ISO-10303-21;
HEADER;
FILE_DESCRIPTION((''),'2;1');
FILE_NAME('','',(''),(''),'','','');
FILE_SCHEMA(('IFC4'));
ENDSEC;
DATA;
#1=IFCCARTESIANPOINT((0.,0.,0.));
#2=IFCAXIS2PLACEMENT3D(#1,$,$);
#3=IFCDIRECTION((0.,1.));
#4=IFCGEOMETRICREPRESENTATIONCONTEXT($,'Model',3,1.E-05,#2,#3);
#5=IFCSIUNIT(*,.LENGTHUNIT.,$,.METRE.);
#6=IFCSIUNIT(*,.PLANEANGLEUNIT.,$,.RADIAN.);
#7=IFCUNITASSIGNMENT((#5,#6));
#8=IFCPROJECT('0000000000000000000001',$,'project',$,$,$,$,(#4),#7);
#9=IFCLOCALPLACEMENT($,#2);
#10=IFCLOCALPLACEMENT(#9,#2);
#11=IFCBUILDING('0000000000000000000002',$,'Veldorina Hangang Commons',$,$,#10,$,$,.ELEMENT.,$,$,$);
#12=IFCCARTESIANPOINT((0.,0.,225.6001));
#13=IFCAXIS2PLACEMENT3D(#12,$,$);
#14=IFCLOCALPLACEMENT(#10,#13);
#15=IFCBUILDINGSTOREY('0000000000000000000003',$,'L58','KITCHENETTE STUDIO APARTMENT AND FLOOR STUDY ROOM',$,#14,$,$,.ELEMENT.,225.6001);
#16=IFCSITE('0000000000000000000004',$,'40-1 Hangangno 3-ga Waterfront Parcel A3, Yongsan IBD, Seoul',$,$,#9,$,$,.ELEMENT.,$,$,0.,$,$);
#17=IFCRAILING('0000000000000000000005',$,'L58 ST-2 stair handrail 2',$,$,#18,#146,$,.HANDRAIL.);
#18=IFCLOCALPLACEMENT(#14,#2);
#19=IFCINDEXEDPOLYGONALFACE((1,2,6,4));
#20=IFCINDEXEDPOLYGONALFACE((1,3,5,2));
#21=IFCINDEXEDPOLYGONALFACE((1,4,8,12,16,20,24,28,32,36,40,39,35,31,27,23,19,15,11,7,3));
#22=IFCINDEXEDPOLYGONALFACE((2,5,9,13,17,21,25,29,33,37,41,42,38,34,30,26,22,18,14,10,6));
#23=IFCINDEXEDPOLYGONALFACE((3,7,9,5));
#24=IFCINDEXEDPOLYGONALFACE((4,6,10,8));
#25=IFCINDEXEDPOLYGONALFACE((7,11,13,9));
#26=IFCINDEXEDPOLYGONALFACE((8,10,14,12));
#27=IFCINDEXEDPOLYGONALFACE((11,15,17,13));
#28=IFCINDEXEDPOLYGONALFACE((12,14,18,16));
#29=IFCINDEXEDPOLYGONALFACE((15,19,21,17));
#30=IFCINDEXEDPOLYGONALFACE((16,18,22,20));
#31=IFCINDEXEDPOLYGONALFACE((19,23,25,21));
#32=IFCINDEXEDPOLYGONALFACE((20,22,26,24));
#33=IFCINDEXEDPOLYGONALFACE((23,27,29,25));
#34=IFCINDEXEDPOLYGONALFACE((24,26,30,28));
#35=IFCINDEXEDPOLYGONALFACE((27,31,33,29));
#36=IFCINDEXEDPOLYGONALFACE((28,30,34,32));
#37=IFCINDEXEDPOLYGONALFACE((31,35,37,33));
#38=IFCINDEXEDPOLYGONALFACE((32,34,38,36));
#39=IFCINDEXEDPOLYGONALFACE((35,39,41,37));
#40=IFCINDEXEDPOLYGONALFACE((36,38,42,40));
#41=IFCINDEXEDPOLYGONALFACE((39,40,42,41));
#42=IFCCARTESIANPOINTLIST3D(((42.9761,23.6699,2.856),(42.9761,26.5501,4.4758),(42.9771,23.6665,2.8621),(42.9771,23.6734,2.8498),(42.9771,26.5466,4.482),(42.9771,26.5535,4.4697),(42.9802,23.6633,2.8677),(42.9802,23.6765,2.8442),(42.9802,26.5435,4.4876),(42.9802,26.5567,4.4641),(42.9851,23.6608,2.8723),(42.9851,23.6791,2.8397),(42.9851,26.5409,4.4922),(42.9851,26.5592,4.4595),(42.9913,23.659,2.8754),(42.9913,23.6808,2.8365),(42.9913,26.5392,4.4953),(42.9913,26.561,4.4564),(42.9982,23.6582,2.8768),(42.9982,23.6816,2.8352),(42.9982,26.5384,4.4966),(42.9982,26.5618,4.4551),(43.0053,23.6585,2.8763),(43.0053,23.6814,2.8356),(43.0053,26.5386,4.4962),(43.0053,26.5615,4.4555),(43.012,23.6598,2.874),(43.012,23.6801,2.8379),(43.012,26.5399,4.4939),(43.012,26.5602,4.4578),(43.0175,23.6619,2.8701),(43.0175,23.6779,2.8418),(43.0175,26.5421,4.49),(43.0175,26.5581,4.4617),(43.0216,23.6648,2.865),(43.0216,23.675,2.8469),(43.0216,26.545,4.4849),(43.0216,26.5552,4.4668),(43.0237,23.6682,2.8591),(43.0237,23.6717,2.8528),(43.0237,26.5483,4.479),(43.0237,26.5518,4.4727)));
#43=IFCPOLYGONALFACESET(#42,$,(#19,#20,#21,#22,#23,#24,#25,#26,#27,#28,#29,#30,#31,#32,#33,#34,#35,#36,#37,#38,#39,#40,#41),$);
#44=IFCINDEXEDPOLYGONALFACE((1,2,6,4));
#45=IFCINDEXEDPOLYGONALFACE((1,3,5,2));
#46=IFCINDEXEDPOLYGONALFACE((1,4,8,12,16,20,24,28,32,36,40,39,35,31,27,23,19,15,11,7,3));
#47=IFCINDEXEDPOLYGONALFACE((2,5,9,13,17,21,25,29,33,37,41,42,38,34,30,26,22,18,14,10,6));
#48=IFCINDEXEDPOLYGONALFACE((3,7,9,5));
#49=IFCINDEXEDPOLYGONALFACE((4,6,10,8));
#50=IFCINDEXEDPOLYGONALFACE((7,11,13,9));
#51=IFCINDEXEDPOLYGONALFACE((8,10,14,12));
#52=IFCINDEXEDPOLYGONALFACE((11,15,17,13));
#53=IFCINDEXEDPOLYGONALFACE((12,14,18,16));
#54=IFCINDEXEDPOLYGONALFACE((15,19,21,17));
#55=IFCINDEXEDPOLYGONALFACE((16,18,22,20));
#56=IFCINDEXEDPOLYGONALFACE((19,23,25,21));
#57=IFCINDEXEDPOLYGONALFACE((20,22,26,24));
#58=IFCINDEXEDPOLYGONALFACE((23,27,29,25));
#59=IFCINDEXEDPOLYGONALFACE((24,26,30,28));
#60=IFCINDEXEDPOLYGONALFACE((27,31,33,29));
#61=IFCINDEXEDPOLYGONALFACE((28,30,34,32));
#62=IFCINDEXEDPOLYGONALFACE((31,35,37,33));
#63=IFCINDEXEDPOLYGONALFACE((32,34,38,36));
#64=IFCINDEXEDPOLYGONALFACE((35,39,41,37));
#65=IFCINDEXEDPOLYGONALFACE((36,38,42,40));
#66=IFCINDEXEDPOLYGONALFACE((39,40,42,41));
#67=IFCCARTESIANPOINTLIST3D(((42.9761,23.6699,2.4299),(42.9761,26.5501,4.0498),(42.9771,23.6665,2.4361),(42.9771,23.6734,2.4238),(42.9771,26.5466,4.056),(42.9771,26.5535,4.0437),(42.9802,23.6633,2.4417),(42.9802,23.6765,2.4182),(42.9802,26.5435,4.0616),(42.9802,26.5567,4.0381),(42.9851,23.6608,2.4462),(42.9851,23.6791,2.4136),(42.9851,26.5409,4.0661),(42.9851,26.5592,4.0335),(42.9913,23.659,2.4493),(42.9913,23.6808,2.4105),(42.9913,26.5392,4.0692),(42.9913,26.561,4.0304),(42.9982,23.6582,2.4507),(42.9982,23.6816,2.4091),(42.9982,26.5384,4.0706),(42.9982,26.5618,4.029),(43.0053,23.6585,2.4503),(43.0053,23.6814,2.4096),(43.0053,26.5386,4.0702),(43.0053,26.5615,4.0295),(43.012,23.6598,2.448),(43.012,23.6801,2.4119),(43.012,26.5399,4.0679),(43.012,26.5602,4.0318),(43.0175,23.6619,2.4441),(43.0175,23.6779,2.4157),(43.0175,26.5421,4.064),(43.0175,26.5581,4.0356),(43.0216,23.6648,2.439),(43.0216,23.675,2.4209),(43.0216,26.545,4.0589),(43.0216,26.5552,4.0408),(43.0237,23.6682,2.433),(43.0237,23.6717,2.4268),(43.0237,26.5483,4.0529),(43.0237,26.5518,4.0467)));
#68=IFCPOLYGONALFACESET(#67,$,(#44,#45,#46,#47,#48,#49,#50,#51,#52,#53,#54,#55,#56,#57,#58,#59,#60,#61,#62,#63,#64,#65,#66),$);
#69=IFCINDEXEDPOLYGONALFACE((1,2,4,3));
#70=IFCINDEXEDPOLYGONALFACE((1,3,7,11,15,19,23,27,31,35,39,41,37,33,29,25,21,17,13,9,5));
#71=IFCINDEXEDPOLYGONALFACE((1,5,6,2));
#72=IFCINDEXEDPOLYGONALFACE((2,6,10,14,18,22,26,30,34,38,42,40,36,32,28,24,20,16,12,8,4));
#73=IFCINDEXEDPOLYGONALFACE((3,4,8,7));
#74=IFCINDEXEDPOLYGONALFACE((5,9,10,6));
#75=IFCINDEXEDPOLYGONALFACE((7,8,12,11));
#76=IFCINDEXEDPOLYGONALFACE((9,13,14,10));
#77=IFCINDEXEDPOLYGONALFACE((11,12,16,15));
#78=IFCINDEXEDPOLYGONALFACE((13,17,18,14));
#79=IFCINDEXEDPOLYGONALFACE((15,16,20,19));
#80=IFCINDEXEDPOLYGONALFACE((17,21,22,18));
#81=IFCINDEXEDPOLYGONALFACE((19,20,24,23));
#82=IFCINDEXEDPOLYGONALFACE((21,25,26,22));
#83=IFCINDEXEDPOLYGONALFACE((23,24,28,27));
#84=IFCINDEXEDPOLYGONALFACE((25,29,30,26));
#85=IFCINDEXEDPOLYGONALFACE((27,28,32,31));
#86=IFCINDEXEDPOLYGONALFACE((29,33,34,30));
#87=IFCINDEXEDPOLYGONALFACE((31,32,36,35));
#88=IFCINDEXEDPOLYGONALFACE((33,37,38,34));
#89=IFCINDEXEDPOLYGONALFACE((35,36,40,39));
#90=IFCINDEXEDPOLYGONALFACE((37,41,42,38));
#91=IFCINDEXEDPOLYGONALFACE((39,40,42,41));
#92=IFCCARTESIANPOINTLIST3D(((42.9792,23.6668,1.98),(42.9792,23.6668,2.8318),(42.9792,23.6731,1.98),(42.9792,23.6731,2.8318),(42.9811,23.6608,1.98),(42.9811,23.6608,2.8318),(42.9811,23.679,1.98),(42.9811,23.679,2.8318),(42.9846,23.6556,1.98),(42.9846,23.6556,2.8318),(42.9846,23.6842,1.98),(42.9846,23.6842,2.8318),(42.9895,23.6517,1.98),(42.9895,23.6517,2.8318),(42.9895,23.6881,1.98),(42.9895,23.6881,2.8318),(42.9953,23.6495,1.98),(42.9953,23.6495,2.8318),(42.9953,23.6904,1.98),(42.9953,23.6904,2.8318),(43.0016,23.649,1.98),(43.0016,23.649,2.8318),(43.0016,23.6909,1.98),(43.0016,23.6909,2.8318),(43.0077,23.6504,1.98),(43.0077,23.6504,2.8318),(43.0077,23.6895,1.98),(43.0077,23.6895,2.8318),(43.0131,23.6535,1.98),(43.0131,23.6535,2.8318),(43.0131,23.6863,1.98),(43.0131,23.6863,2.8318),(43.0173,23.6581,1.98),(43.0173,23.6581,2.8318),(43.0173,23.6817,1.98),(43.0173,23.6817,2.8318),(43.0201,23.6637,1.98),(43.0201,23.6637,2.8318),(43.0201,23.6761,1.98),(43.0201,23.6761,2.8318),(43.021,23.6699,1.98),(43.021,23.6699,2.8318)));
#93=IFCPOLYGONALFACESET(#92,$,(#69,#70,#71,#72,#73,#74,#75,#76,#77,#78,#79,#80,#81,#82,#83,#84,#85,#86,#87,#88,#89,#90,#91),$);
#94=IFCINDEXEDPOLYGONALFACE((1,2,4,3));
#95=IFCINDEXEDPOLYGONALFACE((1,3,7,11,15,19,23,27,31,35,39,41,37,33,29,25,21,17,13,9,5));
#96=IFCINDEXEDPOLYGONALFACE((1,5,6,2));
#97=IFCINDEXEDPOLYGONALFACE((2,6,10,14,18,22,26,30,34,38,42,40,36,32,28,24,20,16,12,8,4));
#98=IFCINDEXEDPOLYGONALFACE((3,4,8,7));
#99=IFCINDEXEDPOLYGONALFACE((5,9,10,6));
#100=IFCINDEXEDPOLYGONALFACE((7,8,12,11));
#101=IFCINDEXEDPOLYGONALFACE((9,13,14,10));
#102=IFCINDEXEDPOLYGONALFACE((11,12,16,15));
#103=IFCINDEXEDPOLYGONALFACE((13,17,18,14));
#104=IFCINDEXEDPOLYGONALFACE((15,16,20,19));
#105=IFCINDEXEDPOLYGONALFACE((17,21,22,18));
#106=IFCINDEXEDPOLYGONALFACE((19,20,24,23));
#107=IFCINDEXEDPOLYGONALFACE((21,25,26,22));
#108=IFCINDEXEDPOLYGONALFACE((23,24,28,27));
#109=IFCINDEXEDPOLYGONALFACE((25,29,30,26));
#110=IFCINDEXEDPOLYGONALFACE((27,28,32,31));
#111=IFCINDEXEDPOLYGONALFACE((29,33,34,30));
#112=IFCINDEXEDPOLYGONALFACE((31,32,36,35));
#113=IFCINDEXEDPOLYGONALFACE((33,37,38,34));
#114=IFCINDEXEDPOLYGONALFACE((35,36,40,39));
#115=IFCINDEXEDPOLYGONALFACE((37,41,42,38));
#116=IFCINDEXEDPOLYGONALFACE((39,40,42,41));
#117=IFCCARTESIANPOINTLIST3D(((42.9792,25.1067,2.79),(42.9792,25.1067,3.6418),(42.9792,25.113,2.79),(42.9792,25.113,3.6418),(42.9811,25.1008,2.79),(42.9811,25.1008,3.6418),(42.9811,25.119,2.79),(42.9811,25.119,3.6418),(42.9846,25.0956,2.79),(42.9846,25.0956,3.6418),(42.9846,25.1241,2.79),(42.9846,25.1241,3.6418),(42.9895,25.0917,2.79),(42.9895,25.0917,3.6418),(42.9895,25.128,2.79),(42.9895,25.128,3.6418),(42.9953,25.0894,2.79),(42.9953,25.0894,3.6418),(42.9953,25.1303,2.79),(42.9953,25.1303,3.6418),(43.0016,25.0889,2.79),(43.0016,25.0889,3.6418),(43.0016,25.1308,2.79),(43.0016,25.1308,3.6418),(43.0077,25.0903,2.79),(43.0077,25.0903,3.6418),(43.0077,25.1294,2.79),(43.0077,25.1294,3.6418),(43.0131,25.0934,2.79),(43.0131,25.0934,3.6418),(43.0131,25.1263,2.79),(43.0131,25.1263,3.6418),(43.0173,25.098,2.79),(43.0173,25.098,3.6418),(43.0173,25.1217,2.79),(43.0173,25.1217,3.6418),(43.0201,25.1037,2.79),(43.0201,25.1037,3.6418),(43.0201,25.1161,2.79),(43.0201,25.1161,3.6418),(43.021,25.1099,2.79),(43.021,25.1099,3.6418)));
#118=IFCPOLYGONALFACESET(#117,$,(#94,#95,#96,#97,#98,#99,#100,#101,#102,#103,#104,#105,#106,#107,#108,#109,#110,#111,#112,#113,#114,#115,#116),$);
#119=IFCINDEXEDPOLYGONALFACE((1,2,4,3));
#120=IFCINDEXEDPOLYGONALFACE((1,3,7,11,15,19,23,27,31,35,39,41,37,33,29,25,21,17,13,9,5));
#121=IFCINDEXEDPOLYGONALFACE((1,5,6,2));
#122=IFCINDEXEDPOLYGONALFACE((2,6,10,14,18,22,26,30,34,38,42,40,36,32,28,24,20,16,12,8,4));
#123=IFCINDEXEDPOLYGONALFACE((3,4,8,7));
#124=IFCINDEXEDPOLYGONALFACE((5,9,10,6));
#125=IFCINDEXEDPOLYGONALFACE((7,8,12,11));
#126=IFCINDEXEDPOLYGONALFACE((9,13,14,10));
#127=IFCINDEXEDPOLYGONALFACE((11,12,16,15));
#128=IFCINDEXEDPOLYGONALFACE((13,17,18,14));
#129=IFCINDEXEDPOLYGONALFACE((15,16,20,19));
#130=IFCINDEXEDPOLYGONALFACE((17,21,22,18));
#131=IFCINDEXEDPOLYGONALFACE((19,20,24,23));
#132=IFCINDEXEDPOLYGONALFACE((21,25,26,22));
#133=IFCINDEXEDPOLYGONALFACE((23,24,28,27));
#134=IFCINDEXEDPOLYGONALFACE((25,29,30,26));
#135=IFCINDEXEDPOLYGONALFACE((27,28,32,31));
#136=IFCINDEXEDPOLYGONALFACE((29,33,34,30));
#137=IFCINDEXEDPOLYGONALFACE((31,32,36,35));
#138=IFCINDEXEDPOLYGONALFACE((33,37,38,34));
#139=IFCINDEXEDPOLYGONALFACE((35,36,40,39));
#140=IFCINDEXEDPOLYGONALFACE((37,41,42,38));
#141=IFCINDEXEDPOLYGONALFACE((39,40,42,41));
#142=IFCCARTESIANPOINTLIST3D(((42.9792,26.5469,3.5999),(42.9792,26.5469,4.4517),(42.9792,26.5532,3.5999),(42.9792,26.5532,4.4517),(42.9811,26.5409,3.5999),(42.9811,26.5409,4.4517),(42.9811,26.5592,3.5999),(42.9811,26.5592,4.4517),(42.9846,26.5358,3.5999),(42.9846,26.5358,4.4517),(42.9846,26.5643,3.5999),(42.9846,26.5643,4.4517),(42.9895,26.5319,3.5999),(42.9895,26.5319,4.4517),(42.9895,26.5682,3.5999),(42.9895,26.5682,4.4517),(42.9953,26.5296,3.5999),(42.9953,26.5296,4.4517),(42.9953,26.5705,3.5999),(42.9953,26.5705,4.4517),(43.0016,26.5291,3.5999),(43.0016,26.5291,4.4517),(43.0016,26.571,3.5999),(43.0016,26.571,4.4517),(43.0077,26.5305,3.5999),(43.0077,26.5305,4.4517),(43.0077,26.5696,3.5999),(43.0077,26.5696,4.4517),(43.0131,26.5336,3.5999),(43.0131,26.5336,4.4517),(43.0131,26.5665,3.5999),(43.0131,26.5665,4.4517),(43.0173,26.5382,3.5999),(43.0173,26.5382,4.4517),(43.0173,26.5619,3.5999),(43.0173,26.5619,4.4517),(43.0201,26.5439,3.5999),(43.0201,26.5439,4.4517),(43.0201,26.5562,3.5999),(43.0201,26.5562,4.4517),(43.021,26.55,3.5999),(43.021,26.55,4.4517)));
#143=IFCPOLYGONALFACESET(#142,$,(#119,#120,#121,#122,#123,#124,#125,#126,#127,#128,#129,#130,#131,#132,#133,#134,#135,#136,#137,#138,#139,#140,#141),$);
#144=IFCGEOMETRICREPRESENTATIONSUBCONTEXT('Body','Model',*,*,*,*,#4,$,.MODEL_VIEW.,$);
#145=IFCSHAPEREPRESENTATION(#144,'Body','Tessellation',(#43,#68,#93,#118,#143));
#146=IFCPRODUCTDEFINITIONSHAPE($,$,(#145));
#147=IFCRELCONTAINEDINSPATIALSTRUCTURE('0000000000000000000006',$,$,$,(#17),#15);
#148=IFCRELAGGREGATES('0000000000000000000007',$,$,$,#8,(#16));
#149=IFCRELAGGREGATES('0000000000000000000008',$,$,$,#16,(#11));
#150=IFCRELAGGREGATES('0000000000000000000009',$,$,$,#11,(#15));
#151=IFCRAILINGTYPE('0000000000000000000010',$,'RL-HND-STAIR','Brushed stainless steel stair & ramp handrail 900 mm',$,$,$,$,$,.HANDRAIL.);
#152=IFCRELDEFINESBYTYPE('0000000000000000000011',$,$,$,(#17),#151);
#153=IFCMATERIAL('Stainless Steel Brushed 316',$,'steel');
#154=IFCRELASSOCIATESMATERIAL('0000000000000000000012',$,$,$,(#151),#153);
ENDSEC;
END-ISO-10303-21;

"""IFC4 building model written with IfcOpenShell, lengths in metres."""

from ifc_helpers import new_model, si_unit, direction, frame, origin, origin_2d, place, context, subcontext, project, spatial, circle, extrude, material, type_object, element, save


model = new_model("IFC4")

# Units and contexts
model_context = context("Model", 3, precision=1e-05, world=origin(), true_north=direction((0.0, 1.0)))
body_context = subcontext(model_context, "Body", "Model", "MODEL_VIEW")
ifc_project = project(units=[si_unit("LENGTHUNIT", "METRE"), si_unit("PLANEANGLEUNIT", "RADIAN")], contexts=[model_context])

# Site, building, storey
site_placement = place(None, origin())
site = spatial("IfcSite", under=ifc_project, at=site_placement, Name="40-1 Hangangno 3-ga Waterfront Parcel A3, Yongsan IBD, Seoul", CompositionType="ELEMENT", RefElevation=0.0)
building_placement = place(site_placement, origin())
building = spatial("IfcBuilding", under=site, at=building_placement, Name="Veldorina Hangang Commons", CompositionType="ELEMENT")
storey_placement = place(building_placement, frame((0.0, 0.0, 225.6001)))
storey = spatial("IfcBuildingStorey", under=building, at=storey_placement, Name="L58", Description="KITCHENETTE STUDIO APARTMENT AND FLOOR STUDY ROOM", CompositionType="ELEMENT", Elevation=225.6001)

# Railing
ifc_material_1 = material(Name="Stainless Steel Brushed 316", Category="steel")
railing_type_1 = type_object("IfcRailingType", Name="RL-HND-STAIR", Description="Brushed stainless steel stair & ramp handrail 900 mm", PredefinedType="HANDRAIL", material=ifc_material_1)
railing_1_placement = place(storey_placement, frame((43.0, 23.6699, 1.98)))
element("IfcRailing", 1, at=railing_1_placement, inside=storey, type_object=railing_type_1, Name="L58 ST-2 stair handrail 2", PredefinedType="HANDRAIL", context=body_context, shape_type="SweptSolid", body=[
    extrude(circle(Radius=0.0239, at=origin_2d()), frame((0.0, 0.0, 0.876), z_axis=(0.0, 0.871601, 0.490216), x_axis=(-1.0, 0.0, 0.0)), (0.0, 0.0, 1.0), 3.3044),
    extrude(circle(Radius=0.0239, at=origin_2d()), frame((0.0, 0.0, 0.45), z_axis=(0.0, 0.871601, 0.490216), x_axis=(-1.0, 0.0, 0.0)), (0.0, 0.0, 1.0), 3.3044),
    extrude(circle(Radius=0.021, at=origin_2d()), origin(), (0.0, 0.0, 1.0), 0.8518),
    extrude(circle(Radius=0.021, at=origin_2d()), frame((0.0, 1.4399, 0.8101)), (0.0, 0.0, 1.0), 0.8518),
    extrude(circle(Radius=0.021, at=origin_2d()), frame((0.0, 2.8801, 1.6199)), (0.0, 0.0, 1.0), 0.8518),
])

save(model, "model.ifc")
